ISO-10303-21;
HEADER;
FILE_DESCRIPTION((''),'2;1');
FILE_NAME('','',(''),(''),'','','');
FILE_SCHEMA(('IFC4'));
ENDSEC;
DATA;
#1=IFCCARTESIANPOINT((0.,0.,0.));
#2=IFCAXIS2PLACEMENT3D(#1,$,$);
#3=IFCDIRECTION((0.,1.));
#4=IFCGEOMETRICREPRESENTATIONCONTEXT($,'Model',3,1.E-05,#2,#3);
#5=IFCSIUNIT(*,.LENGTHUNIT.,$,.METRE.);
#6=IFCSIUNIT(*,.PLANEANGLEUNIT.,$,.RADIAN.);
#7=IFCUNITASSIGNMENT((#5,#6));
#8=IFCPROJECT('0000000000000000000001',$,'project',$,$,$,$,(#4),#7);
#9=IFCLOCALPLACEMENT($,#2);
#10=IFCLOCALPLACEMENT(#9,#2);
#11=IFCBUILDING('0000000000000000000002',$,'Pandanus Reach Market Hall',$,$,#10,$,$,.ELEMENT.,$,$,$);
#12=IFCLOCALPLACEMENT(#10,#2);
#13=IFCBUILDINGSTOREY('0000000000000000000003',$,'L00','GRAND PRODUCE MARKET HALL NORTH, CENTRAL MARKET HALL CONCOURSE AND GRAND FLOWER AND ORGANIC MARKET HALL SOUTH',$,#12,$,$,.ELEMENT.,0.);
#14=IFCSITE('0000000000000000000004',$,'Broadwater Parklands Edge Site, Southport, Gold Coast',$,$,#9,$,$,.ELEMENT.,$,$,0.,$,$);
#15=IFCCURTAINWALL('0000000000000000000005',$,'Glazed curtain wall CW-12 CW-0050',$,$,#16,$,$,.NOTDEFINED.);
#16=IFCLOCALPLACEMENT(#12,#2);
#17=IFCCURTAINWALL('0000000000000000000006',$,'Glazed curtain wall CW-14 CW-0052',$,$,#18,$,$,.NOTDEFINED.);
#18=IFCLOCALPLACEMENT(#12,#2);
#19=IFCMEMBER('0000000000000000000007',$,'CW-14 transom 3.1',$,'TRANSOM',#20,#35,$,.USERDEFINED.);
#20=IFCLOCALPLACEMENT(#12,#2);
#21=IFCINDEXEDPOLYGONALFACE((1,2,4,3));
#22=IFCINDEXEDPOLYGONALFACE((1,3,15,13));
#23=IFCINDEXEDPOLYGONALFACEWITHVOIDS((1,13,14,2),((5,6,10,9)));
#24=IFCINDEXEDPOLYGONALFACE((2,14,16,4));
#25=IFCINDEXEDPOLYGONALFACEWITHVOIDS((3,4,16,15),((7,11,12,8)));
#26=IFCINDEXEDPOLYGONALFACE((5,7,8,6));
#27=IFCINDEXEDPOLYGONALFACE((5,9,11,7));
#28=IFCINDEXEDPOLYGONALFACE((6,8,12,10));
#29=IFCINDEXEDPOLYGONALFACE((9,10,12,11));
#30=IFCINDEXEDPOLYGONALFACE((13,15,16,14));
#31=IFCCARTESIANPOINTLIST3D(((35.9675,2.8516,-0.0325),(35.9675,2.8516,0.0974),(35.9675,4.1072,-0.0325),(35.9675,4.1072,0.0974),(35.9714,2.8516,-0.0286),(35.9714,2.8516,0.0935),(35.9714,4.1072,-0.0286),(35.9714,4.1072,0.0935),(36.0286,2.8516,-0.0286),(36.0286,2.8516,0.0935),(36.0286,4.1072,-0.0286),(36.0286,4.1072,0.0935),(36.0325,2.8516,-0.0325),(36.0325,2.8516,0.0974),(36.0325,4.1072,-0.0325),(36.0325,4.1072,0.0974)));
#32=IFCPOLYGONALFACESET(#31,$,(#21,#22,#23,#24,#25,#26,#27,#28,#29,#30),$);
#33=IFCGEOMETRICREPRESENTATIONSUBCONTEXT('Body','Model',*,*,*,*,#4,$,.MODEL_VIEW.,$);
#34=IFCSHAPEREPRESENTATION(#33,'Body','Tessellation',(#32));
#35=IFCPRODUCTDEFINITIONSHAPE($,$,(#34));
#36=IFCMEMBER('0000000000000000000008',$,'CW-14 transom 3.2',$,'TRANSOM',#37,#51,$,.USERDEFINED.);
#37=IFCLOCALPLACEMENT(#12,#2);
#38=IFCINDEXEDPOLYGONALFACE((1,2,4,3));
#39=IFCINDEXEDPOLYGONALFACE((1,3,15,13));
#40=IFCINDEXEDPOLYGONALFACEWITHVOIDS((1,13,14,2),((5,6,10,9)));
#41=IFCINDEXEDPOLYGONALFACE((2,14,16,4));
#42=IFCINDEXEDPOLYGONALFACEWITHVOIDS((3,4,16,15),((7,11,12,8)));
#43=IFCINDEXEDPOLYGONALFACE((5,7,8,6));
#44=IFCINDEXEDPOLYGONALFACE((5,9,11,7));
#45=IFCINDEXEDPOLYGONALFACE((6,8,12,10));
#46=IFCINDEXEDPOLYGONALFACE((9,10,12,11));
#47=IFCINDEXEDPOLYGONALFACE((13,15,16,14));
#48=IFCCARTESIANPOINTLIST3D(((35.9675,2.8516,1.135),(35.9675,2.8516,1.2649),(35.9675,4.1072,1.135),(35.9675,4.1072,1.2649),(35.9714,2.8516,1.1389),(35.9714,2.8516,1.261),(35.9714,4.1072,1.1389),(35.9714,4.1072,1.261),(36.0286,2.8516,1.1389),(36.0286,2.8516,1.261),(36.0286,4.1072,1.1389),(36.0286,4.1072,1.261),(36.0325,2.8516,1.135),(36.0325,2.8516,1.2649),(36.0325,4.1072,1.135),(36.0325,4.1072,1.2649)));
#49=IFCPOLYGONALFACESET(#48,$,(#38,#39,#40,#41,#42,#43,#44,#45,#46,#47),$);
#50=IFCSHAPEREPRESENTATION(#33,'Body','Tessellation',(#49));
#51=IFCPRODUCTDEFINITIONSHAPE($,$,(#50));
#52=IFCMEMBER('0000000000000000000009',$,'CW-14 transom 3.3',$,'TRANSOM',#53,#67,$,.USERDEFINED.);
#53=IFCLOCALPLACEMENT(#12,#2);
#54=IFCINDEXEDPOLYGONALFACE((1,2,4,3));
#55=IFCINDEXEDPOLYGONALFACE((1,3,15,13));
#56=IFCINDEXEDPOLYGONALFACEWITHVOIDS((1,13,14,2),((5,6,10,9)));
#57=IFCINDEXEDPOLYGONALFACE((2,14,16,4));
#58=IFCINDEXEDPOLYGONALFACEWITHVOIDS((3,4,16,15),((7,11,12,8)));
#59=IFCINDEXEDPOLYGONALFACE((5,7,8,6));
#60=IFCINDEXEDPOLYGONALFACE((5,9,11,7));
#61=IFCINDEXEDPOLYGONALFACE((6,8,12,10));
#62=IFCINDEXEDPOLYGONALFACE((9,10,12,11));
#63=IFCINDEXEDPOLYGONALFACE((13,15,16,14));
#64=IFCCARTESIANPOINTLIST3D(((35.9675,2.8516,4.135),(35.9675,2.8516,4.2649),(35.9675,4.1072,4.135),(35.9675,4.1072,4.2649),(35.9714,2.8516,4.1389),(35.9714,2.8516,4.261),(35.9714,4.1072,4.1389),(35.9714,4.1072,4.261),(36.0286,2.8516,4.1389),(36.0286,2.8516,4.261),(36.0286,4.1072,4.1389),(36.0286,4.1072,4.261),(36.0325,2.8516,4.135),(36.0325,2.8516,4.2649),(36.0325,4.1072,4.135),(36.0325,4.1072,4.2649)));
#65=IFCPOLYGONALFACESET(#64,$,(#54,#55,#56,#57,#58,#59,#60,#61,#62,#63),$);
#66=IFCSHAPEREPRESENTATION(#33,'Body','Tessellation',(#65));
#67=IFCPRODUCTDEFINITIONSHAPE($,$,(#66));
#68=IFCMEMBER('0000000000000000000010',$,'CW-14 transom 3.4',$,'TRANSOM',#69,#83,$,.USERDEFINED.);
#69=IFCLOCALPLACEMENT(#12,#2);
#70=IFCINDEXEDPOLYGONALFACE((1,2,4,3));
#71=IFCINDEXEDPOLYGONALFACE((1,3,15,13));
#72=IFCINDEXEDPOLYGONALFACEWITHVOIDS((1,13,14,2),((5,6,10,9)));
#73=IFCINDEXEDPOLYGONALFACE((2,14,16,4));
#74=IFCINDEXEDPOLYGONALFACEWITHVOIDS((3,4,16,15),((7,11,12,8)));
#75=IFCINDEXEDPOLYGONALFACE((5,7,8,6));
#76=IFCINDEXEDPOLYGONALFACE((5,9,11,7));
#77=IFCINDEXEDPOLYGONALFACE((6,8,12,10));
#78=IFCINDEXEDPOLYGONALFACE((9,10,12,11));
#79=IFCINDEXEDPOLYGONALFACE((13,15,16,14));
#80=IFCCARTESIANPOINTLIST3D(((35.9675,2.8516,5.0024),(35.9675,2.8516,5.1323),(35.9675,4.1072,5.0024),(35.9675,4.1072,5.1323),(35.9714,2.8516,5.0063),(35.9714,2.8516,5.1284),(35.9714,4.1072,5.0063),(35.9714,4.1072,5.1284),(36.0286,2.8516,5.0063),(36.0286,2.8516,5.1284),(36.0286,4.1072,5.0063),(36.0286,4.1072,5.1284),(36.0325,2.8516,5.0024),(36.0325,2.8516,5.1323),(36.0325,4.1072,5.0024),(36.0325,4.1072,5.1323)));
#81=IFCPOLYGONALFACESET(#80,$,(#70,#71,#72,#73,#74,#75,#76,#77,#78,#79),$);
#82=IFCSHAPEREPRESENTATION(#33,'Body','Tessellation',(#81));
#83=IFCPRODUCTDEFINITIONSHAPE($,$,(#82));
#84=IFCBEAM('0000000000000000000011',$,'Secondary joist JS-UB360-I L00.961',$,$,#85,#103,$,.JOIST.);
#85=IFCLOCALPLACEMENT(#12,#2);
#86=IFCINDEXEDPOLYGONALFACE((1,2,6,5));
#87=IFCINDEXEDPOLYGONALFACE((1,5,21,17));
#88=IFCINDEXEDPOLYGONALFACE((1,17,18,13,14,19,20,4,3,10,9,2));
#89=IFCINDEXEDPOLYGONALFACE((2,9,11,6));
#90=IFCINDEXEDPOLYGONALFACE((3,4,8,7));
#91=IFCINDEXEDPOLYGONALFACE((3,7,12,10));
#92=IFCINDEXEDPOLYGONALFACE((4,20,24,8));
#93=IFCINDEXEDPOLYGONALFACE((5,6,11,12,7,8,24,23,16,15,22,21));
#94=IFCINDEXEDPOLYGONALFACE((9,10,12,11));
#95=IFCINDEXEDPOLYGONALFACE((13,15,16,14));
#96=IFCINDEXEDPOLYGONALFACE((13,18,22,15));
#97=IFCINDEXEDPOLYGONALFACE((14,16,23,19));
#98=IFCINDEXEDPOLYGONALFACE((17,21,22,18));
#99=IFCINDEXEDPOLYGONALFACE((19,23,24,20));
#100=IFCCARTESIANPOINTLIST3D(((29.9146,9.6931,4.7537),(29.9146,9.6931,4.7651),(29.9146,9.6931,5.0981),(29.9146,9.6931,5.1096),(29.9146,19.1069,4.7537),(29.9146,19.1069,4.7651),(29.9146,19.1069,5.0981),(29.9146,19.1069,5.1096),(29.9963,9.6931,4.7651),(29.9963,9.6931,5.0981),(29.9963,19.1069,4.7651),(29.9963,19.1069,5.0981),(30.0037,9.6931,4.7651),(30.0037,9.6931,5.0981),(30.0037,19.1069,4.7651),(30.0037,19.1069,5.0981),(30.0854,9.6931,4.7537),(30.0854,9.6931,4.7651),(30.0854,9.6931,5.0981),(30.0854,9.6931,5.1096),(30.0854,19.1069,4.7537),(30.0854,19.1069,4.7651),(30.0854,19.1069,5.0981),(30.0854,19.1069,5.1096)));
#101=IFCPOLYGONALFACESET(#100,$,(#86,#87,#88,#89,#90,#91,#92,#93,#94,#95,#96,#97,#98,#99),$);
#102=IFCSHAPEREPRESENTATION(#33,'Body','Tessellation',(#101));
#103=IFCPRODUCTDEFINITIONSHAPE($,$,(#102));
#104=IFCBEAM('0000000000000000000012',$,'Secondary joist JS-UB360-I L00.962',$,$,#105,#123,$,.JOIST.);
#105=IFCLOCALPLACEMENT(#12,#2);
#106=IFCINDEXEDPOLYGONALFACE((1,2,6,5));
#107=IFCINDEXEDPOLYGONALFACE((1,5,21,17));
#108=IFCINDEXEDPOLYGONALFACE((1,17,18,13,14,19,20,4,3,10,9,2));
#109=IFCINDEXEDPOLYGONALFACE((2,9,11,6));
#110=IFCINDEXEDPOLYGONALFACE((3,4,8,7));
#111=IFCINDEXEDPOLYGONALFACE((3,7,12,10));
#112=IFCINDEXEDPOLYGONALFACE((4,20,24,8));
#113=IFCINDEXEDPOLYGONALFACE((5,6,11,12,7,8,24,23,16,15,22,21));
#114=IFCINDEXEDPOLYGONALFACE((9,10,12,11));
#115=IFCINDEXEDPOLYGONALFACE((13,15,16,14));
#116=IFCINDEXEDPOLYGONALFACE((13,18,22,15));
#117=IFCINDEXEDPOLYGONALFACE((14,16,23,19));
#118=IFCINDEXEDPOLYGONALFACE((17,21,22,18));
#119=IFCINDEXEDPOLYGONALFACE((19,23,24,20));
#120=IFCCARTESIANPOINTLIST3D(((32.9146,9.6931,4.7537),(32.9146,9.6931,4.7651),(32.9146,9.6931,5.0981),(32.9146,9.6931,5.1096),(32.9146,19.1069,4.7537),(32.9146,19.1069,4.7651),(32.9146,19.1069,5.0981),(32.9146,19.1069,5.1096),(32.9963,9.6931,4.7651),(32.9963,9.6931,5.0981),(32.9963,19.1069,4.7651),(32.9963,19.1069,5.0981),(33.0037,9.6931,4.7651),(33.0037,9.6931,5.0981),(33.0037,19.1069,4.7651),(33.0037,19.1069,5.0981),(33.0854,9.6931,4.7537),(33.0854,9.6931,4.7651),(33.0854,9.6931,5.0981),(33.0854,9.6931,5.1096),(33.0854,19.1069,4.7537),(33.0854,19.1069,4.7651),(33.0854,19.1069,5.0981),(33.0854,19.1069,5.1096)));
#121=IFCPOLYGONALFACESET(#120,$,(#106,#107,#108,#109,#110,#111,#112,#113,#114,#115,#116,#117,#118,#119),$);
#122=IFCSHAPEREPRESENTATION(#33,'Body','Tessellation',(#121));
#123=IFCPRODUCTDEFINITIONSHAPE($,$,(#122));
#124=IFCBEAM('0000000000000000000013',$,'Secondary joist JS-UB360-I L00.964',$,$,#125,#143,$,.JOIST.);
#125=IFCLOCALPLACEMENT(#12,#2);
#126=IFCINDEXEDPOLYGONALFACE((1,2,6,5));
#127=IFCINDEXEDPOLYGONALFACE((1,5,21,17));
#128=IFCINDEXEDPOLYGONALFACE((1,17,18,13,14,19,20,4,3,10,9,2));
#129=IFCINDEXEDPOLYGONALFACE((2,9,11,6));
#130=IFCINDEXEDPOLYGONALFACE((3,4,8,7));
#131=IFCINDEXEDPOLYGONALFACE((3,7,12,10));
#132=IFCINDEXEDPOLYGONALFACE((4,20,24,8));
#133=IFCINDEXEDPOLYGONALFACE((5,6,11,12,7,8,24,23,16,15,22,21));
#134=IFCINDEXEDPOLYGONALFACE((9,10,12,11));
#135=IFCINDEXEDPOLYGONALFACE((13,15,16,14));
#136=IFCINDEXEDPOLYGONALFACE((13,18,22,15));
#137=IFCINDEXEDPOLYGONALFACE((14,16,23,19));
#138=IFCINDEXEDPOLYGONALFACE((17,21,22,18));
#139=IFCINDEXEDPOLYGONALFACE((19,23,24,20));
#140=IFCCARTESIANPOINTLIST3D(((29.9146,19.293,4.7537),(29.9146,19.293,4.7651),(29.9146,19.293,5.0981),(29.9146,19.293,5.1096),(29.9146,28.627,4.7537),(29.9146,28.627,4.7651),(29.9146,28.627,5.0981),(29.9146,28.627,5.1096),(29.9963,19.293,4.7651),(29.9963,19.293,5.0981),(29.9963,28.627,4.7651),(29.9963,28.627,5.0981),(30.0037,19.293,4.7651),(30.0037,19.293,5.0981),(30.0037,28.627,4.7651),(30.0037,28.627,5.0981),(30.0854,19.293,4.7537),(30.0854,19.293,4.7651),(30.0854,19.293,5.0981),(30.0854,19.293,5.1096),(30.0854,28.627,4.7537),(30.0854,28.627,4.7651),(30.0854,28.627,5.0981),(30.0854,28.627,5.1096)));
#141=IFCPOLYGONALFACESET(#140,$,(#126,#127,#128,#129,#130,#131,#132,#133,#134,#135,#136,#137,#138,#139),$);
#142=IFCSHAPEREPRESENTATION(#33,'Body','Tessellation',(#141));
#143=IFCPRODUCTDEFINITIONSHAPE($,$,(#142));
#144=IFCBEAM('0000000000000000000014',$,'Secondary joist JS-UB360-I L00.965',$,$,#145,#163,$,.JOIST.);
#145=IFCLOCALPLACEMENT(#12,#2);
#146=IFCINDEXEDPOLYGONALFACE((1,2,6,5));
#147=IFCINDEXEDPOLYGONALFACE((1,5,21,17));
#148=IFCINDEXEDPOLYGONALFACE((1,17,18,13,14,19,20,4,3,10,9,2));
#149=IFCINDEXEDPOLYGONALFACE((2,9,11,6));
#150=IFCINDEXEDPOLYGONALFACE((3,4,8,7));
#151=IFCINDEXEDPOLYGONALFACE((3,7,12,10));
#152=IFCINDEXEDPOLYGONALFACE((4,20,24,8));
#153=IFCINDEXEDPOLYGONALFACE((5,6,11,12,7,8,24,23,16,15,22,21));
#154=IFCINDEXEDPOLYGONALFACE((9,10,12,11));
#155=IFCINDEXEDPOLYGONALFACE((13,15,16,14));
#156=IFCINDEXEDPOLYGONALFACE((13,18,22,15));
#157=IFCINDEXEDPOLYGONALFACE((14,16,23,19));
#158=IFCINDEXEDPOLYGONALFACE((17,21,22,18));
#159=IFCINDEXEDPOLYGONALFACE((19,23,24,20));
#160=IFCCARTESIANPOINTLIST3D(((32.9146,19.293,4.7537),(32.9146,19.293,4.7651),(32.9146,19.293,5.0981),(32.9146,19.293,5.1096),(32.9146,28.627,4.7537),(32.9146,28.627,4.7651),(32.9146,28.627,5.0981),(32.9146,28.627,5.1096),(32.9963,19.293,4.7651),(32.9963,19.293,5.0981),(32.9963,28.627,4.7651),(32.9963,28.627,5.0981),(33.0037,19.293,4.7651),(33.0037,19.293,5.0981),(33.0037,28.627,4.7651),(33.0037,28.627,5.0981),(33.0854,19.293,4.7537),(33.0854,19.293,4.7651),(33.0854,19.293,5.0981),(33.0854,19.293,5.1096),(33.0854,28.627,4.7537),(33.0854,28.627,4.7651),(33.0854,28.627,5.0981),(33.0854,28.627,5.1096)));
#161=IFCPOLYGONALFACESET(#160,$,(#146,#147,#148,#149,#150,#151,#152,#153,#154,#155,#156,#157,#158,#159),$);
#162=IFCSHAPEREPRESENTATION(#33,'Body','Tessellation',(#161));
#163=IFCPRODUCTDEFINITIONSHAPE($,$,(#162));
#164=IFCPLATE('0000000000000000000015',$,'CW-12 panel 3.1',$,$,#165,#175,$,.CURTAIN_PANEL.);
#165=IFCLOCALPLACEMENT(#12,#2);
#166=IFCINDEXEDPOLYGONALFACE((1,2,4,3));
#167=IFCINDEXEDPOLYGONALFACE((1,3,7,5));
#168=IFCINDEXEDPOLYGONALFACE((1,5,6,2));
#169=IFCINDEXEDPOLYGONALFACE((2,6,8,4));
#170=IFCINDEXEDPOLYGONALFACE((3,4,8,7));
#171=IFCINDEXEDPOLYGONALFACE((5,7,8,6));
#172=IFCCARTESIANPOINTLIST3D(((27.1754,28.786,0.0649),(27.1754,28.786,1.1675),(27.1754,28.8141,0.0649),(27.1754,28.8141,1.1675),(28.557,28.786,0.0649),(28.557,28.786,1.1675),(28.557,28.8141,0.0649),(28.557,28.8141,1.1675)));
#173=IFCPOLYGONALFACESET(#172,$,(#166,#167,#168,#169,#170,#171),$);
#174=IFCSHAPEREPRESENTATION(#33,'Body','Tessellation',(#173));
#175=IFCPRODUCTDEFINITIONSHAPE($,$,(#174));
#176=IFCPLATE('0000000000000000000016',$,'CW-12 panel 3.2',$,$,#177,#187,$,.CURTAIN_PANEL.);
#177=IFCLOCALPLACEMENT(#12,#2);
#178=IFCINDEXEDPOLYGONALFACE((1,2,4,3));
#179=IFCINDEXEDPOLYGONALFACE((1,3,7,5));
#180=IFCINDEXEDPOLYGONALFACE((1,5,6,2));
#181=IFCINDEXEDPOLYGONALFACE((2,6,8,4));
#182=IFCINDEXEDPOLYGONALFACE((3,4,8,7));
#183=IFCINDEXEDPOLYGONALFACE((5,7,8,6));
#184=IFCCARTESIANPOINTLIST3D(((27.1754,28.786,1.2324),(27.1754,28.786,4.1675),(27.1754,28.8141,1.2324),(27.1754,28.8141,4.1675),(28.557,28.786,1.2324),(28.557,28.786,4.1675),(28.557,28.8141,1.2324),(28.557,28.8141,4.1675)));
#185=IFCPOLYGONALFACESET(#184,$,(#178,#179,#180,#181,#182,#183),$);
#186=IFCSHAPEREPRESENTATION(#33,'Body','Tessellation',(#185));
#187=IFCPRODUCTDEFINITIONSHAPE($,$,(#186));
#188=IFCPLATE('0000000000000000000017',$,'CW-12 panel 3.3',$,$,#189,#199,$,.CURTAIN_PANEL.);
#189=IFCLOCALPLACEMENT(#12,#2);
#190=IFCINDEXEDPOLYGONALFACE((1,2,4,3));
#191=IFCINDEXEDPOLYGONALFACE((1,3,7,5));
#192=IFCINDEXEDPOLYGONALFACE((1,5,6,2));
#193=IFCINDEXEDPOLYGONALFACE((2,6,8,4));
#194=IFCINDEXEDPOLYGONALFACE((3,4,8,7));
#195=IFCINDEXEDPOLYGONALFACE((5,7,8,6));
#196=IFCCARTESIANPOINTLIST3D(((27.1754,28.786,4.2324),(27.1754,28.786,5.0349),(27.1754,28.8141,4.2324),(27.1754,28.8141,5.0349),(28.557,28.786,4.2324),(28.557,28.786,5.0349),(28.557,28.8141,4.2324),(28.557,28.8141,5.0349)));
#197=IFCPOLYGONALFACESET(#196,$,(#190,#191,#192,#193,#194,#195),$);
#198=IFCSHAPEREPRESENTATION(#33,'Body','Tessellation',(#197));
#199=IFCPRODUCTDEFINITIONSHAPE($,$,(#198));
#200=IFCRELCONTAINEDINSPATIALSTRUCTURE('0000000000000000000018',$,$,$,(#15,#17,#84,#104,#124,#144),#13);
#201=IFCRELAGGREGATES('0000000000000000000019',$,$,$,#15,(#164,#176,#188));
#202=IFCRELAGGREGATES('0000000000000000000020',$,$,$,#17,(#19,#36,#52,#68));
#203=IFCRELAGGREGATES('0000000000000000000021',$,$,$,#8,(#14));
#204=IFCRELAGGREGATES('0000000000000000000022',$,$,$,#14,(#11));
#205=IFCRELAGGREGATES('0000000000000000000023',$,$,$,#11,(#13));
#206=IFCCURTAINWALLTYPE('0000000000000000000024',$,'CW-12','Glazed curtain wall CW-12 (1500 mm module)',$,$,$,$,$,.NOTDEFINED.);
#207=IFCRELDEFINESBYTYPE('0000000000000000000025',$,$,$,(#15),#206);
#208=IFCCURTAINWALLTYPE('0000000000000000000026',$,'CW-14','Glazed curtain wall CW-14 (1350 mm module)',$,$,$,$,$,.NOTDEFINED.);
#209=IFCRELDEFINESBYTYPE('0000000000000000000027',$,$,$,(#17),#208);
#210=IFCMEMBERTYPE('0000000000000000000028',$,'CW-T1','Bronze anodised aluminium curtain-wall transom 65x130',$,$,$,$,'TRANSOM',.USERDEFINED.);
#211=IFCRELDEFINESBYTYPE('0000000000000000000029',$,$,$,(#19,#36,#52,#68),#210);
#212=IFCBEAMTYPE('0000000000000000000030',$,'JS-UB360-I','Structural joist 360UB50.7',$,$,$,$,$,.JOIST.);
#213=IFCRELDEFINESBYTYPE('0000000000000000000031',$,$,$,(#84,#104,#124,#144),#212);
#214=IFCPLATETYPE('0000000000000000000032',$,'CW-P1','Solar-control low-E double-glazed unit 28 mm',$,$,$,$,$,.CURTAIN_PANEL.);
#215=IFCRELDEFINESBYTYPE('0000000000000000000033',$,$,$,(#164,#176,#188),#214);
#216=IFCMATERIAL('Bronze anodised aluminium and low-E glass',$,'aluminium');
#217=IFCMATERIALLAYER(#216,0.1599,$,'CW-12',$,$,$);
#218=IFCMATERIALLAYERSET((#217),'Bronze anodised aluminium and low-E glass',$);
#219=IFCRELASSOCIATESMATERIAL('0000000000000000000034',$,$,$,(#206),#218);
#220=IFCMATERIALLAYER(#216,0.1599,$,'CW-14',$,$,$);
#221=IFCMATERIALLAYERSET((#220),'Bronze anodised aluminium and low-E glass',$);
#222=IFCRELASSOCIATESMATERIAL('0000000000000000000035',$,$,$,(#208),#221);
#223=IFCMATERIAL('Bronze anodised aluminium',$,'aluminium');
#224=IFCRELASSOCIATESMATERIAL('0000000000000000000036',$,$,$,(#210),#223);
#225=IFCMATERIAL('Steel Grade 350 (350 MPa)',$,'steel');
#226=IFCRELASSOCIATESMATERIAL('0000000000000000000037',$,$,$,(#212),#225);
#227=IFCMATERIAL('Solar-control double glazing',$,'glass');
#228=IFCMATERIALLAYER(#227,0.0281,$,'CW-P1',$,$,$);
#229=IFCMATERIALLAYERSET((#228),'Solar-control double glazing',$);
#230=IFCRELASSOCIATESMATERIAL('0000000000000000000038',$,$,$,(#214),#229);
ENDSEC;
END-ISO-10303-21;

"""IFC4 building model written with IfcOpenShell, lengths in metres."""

from ifc_helpers import new_model, si_unit, direction, frame, origin, origin_2d, place, context, subcontext, project, spatial, rectangle, hollow_rectangle, i_section, extrude, material, layer, layer_set, material_profile, profile_set, type_object, element, aggregate, save


model = new_model("IFC4")

# Units and contexts
model_context = context("Model", 3, precision=1e-05, world=origin(), true_north=direction((0.0, 1.0)))
body_context = subcontext(model_context, "Body", "Model", "MODEL_VIEW")
ifc_project = project(units=[si_unit("LENGTHUNIT", "METRE"), si_unit("PLANEANGLEUNIT", "RADIAN")], contexts=[model_context])

# Site, building, storey
site_placement = place(None, origin())
site = spatial("IfcSite", under=ifc_project, at=site_placement, Name="Broadwater Parklands Edge Site, Southport, Gold Coast", CompositionType="ELEMENT", RefElevation=0.0)
building_placement = place(site_placement, origin())
building = spatial("IfcBuilding", under=site, at=building_placement, Name="Pandanus Reach Market Hall", CompositionType="ELEMENT")
storey_placement = place(building_placement, origin())
storey = spatial("IfcBuildingStorey", under=building, at=storey_placement, Name="L00", Description="GRAND PRODUCE MARKET HALL NORTH, CENTRAL MARKET HALL CONCOURSE AND GRAND FLOWER AND ORGANIC MARKET HALL SOUTH", CompositionType="ELEMENT", Elevation=0.0)

# Curtain wall
ifc_material_1 = material(Name="Bronze anodised aluminium and low-E glass", Category="aluminium")
ifc_layer_1 = layer(ifc_material_1, 0.1599, Name="CW-12")
ifc_layer_set_1 = layer_set([ifc_layer_1], Name="Bronze anodised aluminium and low-E glass")
curtain_wall_type_1 = type_object("IfcCurtainWallType", Name="CW-12", Description="Glazed curtain wall CW-12 (1500 mm module)", PredefinedType="NOTDEFINED", material=ifc_layer_set_1)
curtain_wall_1_placement = place(storey_placement, origin())
curtain_wall_1 = element("IfcCurtainWall", 1, at=curtain_wall_1_placement, inside=storey, type_object=curtain_wall_type_1, Name="Glazed curtain wall CW-12 CW-0050", PredefinedType="NOTDEFINED")
ifc_material_2 = material(Name="Bronze anodised aluminium", Category="aluminium")

# Curtain wall
ifc_layer_2 = layer(ifc_material_1, 0.1599, Name="CW-14")
ifc_layer_set_2 = layer_set([ifc_layer_2], Name="Bronze anodised aluminium and low-E glass")
curtain_wall_type_2 = type_object("IfcCurtainWallType", Name="CW-14", Description="Glazed curtain wall CW-14 (1350 mm module)", PredefinedType="NOTDEFINED", material=ifc_layer_set_2)
curtain_wall_2_placement = place(storey_placement, origin())
curtain_wall_2 = element("IfcCurtainWall", 2, at=curtain_wall_2_placement, inside=storey, type_object=curtain_wall_type_2, Name="Glazed curtain wall CW-14 CW-0052", PredefinedType="NOTDEFINED")

# Members
ifc_material_profile_1 = material_profile(ifc_material_2, hollow_rectangle(XDim=0.0649, YDim=0.1299, WallThickness=0.0039, at=origin_2d()), Name="ALU65x130", Category="LoadBearing")
ifc_profile_set_1 = profile_set([ifc_material_profile_1], Name="Bronze anodised aluminium")
member_type_1 = type_object("IfcMemberType", Name="CW-T1", Description="Bronze anodised aluminium curtain-wall transom 65x130", ElementType="TRANSOM", PredefinedType="USERDEFINED", material=ifc_profile_set_1)
member_1_placement = place(storey_placement, frame((36.0, 2.8516, 0.0325), z_axis=(0.0, 1.0, 0.0), x_axis=(-1.0, 0.0, 0.0)))
member_1 = element("IfcMember", 3, at=member_1_placement, type_object=member_type_1, Name="CW-14 transom 3.1", ObjectType="TRANSOM", PredefinedType="USERDEFINED", context=body_context, shape_type="SweptSolid", body=[
    extrude(hollow_rectangle(XDim=0.0649, YDim=0.1299, WallThickness=0.0039, at=origin_2d()), origin(), (0.0, 0.0, 1.0), 1.2556),
])
member_2_placement = place(storey_placement, frame((36.0, 2.8516, 1.2), z_axis=(0.0, 1.0, 0.0), x_axis=(-1.0, 0.0, 0.0)))
member_2 = element("IfcMember", 4, at=member_2_placement, type_object=member_type_1, Name="CW-14 transom 3.2", ObjectType="TRANSOM", PredefinedType="USERDEFINED", context=body_context, shape_type="SweptSolid", body=[
    extrude(hollow_rectangle(XDim=0.0649, YDim=0.1299, WallThickness=0.0039, at=origin_2d()), origin(), (0.0, 0.0, 1.0), 1.2556),
])
member_3_placement = place(storey_placement, frame((36.0, 2.8516, 4.2), z_axis=(0.0, 1.0, 0.0), x_axis=(-1.0, 0.0, 0.0)))
member_3 = element("IfcMember", 5, at=member_3_placement, type_object=member_type_1, Name="CW-14 transom 3.3", ObjectType="TRANSOM", PredefinedType="USERDEFINED", context=body_context, shape_type="SweptSolid", body=[
    extrude(hollow_rectangle(XDim=0.0649, YDim=0.1299, WallThickness=0.0039, at=origin_2d()), origin(), (0.0, 0.0, 1.0), 1.2556),
])
member_4_placement = place(storey_placement, frame((36.0, 2.8516, 5.0674), z_axis=(0.0, 1.0, 0.0), x_axis=(-1.0, 0.0, 0.0)))
member_4 = element("IfcMember", 6, at=member_4_placement, type_object=member_type_1, Name="CW-14 transom 3.4", ObjectType="TRANSOM", PredefinedType="USERDEFINED", context=body_context, shape_type="SweptSolid", body=[
    extrude(hollow_rectangle(XDim=0.0649, YDim=0.1299, WallThickness=0.0039, at=origin_2d()), origin(), (0.0, 0.0, 1.0), 1.2556),
])

# Beams
ifc_material_3 = material(Name="Steel Grade 350 (350 MPa)", Category="steel")
ifc_material_profile_2 = material_profile(ifc_material_3, i_section(OverallWidth=0.1709, OverallDepth=0.356, WebThickness=0.0073, FlangeThickness=0.0115, at=origin_2d()), Name="360UB50.7", Category="LoadBearing")
ifc_profile_set_2 = profile_set([ifc_material_profile_2], Name="Steel Grade 350 (350 MPa)")
beam_type = type_object("IfcBeamType", Name="JS-UB360-I", Description="Structural joist 360UB50.7", PredefinedType="JOIST", material=ifc_profile_set_2)
for number, where, z_axis, x_axis, name in (
    (7, (30.0, 9.6931, 4.9316), (0.0, 1.0, 0.0), (-1.0, 0.0, 0.0), "Secondary joist JS-UB360-I L00.961"),
    (8, (33.0, 9.6931, 4.9316), (0.0, 1.0, 0.0), (-1.0, 0.0, 0.0), "Secondary joist JS-UB360-I L00.962"),
):
    element("IfcBeam", number, at=place(storey_placement, frame(where, z_axis=z_axis, x_axis=x_axis)), inside=storey, type_object=beam_type, Name=name, PredefinedType="JOIST", context=body_context, shape_type="SweptSolid", body=[
        extrude(i_section(OverallWidth=0.1709, OverallDepth=0.356, WebThickness=0.0073, FlangeThickness=0.0115, at=origin_2d()), origin(), (0.0, 0.0, 1.0), 9.4138),
    ])
for number, where, z_axis, x_axis, name in (
    (9, (30.0, 19.293, 4.9316), (0.0, 1.0, 0.0), (-1.0, 0.0, 0.0), "Secondary joist JS-UB360-I L00.964"),
    (10, (33.0, 19.293, 4.9316), (0.0, 1.0, 0.0), (-1.0, 0.0, 0.0), "Secondary joist JS-UB360-I L00.965"),
):
    element("IfcBeam", number, at=place(storey_placement, frame(where, z_axis=z_axis, x_axis=x_axis)), inside=storey, type_object=beam_type, Name=name, PredefinedType="JOIST", context=body_context, shape_type="SweptSolid", body=[
        extrude(i_section(OverallWidth=0.1709, OverallDepth=0.356, WebThickness=0.0073, FlangeThickness=0.0115, at=origin_2d()), origin(), (0.0, 0.0, 1.0), 9.334),
    ])

# Plates
ifc_material_4 = material(Name="Solar-control double glazing", Category="glass")
ifc_layer_3 = layer(ifc_material_4, 0.0281, Name="CW-P1")
ifc_layer_set_3 = layer_set([ifc_layer_3], Name="Solar-control double glazing")
plate_type = type_object("IfcPlateType", Name="CW-P1", Description="Solar-control low-E double-glazed unit 28 mm", PredefinedType="CURTAIN_PANEL", material=ifc_layer_set_3)
plate_1_placement = place(storey_placement, frame((27.8662, 28.8, 0.0649), z_axis=(0.0, 0.0, 1.0), x_axis=(1.0, 0.0, 0.0)))
plate_1 = element("IfcPlate", 11, at=plate_1_placement, type_object=plate_type, Name="CW-12 panel 3.1", PredefinedType="CURTAIN_PANEL", context=body_context, shape_type="SweptSolid", body=[
    extrude(rectangle(XDim=1.3816, YDim=0.0281, at=origin_2d()), origin(), (0.0, 0.0, 1.0), 1.1025),
])
plate_2_placement = place(storey_placement, frame((27.8662, 28.8, 1.2324), z_axis=(0.0, 0.0, 1.0), x_axis=(1.0, 0.0, 0.0)))
plate_2 = element("IfcPlate", 12, at=plate_2_placement, type_object=plate_type, Name="CW-12 panel 3.2", PredefinedType="CURTAIN_PANEL", context=body_context, shape_type="SweptSolid", body=[
    extrude(rectangle(XDim=1.3816, YDim=0.0281, at=origin_2d()), origin(), (0.0, 0.0, 1.0), 2.9351),
])
plate_3_placement = place(storey_placement, frame((27.8662, 28.8, 4.2324), z_axis=(0.0, 0.0, 1.0), x_axis=(1.0, 0.0, 0.0)))
plate_3 = element("IfcPlate", 13, at=plate_3_placement, type_object=plate_type, Name="CW-12 panel 3.3", PredefinedType="CURTAIN_PANEL", context=body_context, shape_type="SweptSolid", body=[
    extrude(rectangle(XDim=1.3816, YDim=0.0281, at=origin_2d()), origin(), (0.0, 0.0, 1.0), 0.8025),
])
aggregate(curtain_wall_1, [plate_1, plate_2, plate_3])
aggregate(curtain_wall_2, [member_1, member_2, member_3, member_4])

save(model, "model.ifc")
